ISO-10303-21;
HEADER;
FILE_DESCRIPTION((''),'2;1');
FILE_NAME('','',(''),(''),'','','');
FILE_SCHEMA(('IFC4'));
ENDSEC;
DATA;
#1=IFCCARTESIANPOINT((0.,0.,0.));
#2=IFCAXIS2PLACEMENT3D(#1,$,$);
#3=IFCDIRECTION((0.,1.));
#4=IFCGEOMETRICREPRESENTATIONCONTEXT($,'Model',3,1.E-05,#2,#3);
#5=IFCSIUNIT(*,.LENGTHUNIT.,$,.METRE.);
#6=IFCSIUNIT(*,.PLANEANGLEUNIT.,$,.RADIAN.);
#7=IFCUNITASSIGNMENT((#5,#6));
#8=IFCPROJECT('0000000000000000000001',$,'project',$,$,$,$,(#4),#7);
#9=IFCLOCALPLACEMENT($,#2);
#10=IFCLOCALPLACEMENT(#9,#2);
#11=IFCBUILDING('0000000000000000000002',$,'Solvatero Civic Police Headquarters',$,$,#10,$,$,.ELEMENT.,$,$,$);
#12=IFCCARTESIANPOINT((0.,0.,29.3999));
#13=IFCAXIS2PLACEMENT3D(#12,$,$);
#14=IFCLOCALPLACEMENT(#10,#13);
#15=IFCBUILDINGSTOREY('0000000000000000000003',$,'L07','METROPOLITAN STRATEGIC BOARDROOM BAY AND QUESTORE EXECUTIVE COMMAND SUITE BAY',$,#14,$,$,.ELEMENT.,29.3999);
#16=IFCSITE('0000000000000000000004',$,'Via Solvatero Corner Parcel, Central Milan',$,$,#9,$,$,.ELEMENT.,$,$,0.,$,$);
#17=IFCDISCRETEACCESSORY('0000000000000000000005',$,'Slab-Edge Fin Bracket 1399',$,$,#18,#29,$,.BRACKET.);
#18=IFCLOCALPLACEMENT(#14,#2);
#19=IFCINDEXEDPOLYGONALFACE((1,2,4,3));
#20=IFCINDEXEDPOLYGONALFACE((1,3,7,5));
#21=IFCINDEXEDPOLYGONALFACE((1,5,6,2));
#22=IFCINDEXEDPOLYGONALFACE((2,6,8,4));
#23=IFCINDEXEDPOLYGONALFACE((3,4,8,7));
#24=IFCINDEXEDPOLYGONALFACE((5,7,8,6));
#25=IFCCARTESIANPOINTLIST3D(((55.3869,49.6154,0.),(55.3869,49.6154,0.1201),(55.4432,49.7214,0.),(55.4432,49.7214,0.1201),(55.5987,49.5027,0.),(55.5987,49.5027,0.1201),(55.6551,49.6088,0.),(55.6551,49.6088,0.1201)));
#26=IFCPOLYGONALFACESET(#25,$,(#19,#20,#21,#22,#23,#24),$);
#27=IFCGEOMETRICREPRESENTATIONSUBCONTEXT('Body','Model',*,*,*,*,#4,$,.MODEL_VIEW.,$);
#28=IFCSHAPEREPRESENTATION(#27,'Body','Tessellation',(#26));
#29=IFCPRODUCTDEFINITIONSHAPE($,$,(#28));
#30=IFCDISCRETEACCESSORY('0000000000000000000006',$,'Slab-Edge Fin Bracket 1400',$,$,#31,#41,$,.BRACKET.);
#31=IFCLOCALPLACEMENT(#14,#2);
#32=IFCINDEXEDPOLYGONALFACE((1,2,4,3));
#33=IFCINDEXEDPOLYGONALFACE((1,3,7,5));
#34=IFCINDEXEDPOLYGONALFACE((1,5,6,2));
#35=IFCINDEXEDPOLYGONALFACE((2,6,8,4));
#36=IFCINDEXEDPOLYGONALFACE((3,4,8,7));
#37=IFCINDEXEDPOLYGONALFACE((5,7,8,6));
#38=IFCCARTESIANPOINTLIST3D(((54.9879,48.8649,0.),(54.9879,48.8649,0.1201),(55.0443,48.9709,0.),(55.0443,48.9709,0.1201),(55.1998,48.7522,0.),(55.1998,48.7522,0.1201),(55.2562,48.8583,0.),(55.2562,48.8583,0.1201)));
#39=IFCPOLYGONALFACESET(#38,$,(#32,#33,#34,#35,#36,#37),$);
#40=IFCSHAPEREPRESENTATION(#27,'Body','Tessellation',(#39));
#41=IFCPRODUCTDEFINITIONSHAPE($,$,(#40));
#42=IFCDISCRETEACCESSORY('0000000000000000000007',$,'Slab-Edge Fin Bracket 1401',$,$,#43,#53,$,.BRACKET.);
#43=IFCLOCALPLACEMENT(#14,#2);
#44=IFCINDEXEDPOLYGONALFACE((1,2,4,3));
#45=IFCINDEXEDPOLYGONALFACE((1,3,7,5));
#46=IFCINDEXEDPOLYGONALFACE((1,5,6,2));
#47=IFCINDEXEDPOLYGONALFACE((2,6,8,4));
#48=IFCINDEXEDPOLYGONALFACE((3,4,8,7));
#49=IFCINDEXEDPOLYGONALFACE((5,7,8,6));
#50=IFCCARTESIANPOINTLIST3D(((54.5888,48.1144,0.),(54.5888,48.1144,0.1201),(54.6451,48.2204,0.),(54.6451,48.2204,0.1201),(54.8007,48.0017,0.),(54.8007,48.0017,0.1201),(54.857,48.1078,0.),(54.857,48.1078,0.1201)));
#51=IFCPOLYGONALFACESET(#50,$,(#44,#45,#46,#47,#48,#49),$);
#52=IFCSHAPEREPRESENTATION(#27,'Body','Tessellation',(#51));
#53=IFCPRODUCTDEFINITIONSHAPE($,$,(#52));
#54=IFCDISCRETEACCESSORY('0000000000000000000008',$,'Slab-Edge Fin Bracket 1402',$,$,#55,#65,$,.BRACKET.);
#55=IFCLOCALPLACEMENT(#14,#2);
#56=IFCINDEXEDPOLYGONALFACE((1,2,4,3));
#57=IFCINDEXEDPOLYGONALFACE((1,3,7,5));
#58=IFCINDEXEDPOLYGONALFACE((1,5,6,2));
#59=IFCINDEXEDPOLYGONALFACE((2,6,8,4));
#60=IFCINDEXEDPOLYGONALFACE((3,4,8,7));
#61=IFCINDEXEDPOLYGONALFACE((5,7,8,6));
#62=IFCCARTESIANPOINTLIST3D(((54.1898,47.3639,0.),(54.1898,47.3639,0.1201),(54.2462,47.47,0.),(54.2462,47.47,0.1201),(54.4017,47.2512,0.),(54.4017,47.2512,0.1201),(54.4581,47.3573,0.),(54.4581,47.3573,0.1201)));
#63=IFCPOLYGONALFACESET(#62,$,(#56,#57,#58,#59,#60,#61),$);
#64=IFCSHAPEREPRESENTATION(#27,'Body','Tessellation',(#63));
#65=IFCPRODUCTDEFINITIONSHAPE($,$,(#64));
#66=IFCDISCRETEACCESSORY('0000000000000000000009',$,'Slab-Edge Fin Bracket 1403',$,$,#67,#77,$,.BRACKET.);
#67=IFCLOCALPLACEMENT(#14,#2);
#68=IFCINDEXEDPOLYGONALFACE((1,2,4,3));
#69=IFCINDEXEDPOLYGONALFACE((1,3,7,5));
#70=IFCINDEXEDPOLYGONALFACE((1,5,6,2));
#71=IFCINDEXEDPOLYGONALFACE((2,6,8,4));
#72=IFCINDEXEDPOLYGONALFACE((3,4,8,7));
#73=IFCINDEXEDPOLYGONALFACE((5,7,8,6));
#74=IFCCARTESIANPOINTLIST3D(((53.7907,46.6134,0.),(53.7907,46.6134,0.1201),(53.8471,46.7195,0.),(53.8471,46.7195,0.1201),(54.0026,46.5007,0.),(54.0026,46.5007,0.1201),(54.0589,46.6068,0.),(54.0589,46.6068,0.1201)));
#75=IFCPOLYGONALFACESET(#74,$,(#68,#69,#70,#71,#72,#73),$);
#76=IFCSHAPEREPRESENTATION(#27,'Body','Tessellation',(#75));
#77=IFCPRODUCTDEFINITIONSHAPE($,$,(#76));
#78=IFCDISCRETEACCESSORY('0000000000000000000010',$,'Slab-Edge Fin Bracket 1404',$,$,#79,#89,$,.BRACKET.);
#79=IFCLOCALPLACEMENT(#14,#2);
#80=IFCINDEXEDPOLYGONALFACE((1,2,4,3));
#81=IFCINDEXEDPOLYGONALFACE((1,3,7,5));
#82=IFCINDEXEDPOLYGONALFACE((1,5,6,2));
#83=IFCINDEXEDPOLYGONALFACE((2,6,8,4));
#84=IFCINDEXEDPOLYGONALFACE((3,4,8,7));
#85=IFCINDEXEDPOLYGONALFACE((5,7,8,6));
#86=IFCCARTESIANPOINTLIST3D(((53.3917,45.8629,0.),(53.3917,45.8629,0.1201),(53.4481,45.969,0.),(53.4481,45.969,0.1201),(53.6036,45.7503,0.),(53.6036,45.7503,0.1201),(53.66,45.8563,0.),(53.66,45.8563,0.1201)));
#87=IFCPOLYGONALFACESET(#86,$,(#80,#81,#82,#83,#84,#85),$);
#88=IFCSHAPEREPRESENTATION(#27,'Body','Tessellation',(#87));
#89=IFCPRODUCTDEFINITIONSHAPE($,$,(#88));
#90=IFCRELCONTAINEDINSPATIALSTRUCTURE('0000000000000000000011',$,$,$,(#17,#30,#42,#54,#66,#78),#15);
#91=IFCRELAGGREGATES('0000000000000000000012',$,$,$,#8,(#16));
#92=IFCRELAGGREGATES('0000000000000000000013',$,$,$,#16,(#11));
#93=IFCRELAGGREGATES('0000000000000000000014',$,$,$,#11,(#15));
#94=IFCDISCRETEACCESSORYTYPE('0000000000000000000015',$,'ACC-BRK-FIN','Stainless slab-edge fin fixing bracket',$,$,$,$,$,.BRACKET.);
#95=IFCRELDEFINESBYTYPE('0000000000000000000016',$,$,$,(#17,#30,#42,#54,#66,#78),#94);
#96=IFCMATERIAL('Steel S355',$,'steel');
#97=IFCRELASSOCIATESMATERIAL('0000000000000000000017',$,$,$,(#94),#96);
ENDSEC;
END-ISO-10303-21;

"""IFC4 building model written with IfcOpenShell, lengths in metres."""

from ifc_helpers import new_model, si_unit, direction, frame, origin, origin_2d, place, context, subcontext, project, spatial, rectangle, extrude, material, type_object, element, save


model = new_model("IFC4")

# Units and contexts
model_context = context("Model", 3, precision=1e-05, world=origin(), true_north=direction((0.0, 1.0)))
body_context = subcontext(model_context, "Body", "Model", "MODEL_VIEW")
ifc_project = project(units=[si_unit("LENGTHUNIT", "METRE"), si_unit("PLANEANGLEUNIT", "RADIAN")], contexts=[model_context])

# Site, building, storey
site_placement = place(None, origin())
site = spatial("IfcSite", under=ifc_project, at=site_placement, Name="Via Solvatero Corner Parcel, Central Milan", CompositionType="ELEMENT", RefElevation=0.0)
building_placement = place(site_placement, origin())
building = spatial("IfcBuilding", under=site, at=building_placement, Name="Solvatero Civic Police Headquarters", CompositionType="ELEMENT")
storey_placement = place(building_placement, frame((0.0, 0.0, 29.3999)))
storey = spatial("IfcBuildingStorey", under=building, at=storey_placement, Name="L07", Description="METROPOLITAN STRATEGIC BOARDROOM BAY AND QUESTORE EXECUTIVE COMMAND SUITE BAY", CompositionType="ELEMENT", Elevation=29.3999)

# Discrete accessories
ifc_material_1 = material(Name="Steel S355", Category="steel")
discrete_accessory_type = type_object("IfcDiscreteAccessoryType", Name="ACC-BRK-FIN", Description="Stainless slab-edge fin fixing bracket", PredefinedType="BRACKET", material=ifc_material_1)
for number, where, z_axis, x_axis, name in (
    (1, (55.521, 49.6121, 0.0), (0.0, 0.0, 1.0), (-0.469487, -0.882939, 0.0), "Slab-Edge Fin Bracket 1399"),
    (2, (55.1221, 48.8616, 0.0), (0.0, 0.0, 1.0), (-0.469487, -0.882939, 0.0), "Slab-Edge Fin Bracket 1400"),
    (3, (54.7229, 48.1111, 0.0), (0.0, 0.0, 1.0), (-0.469487, -0.882939, 0.0), "Slab-Edge Fin Bracket 1401"),
    (4, (54.324, 47.3606, 0.0), (0.0, 0.0, 1.0), (-0.469487, -0.882939, 0.0), "Slab-Edge Fin Bracket 1402"),
    (5, (53.9248, 46.6101, 0.0), (0.0, 0.0, 1.0), (-0.469487, -0.882939, 0.0), "Slab-Edge Fin Bracket 1403"),
    (6, (53.5259, 45.8596, 0.0), (0.0, 0.0, 1.0), (-0.469487, -0.882939, 0.0), "Slab-Edge Fin Bracket 1404"),
):
    element("IfcDiscreteAccessory", number, at=place(storey_placement, frame(where, z_axis=z_axis, x_axis=x_axis)), inside=storey, type_object=discrete_accessory_type, Name=name, PredefinedType="BRACKET", context=body_context, shape_type="SweptSolid", body=[
        extrude(rectangle(XDim=0.1201, YDim=0.24, at=origin_2d()), origin(), (0.0, 0.0, 1.0), 0.1201),
    ])

save(model, "model.ifc")
